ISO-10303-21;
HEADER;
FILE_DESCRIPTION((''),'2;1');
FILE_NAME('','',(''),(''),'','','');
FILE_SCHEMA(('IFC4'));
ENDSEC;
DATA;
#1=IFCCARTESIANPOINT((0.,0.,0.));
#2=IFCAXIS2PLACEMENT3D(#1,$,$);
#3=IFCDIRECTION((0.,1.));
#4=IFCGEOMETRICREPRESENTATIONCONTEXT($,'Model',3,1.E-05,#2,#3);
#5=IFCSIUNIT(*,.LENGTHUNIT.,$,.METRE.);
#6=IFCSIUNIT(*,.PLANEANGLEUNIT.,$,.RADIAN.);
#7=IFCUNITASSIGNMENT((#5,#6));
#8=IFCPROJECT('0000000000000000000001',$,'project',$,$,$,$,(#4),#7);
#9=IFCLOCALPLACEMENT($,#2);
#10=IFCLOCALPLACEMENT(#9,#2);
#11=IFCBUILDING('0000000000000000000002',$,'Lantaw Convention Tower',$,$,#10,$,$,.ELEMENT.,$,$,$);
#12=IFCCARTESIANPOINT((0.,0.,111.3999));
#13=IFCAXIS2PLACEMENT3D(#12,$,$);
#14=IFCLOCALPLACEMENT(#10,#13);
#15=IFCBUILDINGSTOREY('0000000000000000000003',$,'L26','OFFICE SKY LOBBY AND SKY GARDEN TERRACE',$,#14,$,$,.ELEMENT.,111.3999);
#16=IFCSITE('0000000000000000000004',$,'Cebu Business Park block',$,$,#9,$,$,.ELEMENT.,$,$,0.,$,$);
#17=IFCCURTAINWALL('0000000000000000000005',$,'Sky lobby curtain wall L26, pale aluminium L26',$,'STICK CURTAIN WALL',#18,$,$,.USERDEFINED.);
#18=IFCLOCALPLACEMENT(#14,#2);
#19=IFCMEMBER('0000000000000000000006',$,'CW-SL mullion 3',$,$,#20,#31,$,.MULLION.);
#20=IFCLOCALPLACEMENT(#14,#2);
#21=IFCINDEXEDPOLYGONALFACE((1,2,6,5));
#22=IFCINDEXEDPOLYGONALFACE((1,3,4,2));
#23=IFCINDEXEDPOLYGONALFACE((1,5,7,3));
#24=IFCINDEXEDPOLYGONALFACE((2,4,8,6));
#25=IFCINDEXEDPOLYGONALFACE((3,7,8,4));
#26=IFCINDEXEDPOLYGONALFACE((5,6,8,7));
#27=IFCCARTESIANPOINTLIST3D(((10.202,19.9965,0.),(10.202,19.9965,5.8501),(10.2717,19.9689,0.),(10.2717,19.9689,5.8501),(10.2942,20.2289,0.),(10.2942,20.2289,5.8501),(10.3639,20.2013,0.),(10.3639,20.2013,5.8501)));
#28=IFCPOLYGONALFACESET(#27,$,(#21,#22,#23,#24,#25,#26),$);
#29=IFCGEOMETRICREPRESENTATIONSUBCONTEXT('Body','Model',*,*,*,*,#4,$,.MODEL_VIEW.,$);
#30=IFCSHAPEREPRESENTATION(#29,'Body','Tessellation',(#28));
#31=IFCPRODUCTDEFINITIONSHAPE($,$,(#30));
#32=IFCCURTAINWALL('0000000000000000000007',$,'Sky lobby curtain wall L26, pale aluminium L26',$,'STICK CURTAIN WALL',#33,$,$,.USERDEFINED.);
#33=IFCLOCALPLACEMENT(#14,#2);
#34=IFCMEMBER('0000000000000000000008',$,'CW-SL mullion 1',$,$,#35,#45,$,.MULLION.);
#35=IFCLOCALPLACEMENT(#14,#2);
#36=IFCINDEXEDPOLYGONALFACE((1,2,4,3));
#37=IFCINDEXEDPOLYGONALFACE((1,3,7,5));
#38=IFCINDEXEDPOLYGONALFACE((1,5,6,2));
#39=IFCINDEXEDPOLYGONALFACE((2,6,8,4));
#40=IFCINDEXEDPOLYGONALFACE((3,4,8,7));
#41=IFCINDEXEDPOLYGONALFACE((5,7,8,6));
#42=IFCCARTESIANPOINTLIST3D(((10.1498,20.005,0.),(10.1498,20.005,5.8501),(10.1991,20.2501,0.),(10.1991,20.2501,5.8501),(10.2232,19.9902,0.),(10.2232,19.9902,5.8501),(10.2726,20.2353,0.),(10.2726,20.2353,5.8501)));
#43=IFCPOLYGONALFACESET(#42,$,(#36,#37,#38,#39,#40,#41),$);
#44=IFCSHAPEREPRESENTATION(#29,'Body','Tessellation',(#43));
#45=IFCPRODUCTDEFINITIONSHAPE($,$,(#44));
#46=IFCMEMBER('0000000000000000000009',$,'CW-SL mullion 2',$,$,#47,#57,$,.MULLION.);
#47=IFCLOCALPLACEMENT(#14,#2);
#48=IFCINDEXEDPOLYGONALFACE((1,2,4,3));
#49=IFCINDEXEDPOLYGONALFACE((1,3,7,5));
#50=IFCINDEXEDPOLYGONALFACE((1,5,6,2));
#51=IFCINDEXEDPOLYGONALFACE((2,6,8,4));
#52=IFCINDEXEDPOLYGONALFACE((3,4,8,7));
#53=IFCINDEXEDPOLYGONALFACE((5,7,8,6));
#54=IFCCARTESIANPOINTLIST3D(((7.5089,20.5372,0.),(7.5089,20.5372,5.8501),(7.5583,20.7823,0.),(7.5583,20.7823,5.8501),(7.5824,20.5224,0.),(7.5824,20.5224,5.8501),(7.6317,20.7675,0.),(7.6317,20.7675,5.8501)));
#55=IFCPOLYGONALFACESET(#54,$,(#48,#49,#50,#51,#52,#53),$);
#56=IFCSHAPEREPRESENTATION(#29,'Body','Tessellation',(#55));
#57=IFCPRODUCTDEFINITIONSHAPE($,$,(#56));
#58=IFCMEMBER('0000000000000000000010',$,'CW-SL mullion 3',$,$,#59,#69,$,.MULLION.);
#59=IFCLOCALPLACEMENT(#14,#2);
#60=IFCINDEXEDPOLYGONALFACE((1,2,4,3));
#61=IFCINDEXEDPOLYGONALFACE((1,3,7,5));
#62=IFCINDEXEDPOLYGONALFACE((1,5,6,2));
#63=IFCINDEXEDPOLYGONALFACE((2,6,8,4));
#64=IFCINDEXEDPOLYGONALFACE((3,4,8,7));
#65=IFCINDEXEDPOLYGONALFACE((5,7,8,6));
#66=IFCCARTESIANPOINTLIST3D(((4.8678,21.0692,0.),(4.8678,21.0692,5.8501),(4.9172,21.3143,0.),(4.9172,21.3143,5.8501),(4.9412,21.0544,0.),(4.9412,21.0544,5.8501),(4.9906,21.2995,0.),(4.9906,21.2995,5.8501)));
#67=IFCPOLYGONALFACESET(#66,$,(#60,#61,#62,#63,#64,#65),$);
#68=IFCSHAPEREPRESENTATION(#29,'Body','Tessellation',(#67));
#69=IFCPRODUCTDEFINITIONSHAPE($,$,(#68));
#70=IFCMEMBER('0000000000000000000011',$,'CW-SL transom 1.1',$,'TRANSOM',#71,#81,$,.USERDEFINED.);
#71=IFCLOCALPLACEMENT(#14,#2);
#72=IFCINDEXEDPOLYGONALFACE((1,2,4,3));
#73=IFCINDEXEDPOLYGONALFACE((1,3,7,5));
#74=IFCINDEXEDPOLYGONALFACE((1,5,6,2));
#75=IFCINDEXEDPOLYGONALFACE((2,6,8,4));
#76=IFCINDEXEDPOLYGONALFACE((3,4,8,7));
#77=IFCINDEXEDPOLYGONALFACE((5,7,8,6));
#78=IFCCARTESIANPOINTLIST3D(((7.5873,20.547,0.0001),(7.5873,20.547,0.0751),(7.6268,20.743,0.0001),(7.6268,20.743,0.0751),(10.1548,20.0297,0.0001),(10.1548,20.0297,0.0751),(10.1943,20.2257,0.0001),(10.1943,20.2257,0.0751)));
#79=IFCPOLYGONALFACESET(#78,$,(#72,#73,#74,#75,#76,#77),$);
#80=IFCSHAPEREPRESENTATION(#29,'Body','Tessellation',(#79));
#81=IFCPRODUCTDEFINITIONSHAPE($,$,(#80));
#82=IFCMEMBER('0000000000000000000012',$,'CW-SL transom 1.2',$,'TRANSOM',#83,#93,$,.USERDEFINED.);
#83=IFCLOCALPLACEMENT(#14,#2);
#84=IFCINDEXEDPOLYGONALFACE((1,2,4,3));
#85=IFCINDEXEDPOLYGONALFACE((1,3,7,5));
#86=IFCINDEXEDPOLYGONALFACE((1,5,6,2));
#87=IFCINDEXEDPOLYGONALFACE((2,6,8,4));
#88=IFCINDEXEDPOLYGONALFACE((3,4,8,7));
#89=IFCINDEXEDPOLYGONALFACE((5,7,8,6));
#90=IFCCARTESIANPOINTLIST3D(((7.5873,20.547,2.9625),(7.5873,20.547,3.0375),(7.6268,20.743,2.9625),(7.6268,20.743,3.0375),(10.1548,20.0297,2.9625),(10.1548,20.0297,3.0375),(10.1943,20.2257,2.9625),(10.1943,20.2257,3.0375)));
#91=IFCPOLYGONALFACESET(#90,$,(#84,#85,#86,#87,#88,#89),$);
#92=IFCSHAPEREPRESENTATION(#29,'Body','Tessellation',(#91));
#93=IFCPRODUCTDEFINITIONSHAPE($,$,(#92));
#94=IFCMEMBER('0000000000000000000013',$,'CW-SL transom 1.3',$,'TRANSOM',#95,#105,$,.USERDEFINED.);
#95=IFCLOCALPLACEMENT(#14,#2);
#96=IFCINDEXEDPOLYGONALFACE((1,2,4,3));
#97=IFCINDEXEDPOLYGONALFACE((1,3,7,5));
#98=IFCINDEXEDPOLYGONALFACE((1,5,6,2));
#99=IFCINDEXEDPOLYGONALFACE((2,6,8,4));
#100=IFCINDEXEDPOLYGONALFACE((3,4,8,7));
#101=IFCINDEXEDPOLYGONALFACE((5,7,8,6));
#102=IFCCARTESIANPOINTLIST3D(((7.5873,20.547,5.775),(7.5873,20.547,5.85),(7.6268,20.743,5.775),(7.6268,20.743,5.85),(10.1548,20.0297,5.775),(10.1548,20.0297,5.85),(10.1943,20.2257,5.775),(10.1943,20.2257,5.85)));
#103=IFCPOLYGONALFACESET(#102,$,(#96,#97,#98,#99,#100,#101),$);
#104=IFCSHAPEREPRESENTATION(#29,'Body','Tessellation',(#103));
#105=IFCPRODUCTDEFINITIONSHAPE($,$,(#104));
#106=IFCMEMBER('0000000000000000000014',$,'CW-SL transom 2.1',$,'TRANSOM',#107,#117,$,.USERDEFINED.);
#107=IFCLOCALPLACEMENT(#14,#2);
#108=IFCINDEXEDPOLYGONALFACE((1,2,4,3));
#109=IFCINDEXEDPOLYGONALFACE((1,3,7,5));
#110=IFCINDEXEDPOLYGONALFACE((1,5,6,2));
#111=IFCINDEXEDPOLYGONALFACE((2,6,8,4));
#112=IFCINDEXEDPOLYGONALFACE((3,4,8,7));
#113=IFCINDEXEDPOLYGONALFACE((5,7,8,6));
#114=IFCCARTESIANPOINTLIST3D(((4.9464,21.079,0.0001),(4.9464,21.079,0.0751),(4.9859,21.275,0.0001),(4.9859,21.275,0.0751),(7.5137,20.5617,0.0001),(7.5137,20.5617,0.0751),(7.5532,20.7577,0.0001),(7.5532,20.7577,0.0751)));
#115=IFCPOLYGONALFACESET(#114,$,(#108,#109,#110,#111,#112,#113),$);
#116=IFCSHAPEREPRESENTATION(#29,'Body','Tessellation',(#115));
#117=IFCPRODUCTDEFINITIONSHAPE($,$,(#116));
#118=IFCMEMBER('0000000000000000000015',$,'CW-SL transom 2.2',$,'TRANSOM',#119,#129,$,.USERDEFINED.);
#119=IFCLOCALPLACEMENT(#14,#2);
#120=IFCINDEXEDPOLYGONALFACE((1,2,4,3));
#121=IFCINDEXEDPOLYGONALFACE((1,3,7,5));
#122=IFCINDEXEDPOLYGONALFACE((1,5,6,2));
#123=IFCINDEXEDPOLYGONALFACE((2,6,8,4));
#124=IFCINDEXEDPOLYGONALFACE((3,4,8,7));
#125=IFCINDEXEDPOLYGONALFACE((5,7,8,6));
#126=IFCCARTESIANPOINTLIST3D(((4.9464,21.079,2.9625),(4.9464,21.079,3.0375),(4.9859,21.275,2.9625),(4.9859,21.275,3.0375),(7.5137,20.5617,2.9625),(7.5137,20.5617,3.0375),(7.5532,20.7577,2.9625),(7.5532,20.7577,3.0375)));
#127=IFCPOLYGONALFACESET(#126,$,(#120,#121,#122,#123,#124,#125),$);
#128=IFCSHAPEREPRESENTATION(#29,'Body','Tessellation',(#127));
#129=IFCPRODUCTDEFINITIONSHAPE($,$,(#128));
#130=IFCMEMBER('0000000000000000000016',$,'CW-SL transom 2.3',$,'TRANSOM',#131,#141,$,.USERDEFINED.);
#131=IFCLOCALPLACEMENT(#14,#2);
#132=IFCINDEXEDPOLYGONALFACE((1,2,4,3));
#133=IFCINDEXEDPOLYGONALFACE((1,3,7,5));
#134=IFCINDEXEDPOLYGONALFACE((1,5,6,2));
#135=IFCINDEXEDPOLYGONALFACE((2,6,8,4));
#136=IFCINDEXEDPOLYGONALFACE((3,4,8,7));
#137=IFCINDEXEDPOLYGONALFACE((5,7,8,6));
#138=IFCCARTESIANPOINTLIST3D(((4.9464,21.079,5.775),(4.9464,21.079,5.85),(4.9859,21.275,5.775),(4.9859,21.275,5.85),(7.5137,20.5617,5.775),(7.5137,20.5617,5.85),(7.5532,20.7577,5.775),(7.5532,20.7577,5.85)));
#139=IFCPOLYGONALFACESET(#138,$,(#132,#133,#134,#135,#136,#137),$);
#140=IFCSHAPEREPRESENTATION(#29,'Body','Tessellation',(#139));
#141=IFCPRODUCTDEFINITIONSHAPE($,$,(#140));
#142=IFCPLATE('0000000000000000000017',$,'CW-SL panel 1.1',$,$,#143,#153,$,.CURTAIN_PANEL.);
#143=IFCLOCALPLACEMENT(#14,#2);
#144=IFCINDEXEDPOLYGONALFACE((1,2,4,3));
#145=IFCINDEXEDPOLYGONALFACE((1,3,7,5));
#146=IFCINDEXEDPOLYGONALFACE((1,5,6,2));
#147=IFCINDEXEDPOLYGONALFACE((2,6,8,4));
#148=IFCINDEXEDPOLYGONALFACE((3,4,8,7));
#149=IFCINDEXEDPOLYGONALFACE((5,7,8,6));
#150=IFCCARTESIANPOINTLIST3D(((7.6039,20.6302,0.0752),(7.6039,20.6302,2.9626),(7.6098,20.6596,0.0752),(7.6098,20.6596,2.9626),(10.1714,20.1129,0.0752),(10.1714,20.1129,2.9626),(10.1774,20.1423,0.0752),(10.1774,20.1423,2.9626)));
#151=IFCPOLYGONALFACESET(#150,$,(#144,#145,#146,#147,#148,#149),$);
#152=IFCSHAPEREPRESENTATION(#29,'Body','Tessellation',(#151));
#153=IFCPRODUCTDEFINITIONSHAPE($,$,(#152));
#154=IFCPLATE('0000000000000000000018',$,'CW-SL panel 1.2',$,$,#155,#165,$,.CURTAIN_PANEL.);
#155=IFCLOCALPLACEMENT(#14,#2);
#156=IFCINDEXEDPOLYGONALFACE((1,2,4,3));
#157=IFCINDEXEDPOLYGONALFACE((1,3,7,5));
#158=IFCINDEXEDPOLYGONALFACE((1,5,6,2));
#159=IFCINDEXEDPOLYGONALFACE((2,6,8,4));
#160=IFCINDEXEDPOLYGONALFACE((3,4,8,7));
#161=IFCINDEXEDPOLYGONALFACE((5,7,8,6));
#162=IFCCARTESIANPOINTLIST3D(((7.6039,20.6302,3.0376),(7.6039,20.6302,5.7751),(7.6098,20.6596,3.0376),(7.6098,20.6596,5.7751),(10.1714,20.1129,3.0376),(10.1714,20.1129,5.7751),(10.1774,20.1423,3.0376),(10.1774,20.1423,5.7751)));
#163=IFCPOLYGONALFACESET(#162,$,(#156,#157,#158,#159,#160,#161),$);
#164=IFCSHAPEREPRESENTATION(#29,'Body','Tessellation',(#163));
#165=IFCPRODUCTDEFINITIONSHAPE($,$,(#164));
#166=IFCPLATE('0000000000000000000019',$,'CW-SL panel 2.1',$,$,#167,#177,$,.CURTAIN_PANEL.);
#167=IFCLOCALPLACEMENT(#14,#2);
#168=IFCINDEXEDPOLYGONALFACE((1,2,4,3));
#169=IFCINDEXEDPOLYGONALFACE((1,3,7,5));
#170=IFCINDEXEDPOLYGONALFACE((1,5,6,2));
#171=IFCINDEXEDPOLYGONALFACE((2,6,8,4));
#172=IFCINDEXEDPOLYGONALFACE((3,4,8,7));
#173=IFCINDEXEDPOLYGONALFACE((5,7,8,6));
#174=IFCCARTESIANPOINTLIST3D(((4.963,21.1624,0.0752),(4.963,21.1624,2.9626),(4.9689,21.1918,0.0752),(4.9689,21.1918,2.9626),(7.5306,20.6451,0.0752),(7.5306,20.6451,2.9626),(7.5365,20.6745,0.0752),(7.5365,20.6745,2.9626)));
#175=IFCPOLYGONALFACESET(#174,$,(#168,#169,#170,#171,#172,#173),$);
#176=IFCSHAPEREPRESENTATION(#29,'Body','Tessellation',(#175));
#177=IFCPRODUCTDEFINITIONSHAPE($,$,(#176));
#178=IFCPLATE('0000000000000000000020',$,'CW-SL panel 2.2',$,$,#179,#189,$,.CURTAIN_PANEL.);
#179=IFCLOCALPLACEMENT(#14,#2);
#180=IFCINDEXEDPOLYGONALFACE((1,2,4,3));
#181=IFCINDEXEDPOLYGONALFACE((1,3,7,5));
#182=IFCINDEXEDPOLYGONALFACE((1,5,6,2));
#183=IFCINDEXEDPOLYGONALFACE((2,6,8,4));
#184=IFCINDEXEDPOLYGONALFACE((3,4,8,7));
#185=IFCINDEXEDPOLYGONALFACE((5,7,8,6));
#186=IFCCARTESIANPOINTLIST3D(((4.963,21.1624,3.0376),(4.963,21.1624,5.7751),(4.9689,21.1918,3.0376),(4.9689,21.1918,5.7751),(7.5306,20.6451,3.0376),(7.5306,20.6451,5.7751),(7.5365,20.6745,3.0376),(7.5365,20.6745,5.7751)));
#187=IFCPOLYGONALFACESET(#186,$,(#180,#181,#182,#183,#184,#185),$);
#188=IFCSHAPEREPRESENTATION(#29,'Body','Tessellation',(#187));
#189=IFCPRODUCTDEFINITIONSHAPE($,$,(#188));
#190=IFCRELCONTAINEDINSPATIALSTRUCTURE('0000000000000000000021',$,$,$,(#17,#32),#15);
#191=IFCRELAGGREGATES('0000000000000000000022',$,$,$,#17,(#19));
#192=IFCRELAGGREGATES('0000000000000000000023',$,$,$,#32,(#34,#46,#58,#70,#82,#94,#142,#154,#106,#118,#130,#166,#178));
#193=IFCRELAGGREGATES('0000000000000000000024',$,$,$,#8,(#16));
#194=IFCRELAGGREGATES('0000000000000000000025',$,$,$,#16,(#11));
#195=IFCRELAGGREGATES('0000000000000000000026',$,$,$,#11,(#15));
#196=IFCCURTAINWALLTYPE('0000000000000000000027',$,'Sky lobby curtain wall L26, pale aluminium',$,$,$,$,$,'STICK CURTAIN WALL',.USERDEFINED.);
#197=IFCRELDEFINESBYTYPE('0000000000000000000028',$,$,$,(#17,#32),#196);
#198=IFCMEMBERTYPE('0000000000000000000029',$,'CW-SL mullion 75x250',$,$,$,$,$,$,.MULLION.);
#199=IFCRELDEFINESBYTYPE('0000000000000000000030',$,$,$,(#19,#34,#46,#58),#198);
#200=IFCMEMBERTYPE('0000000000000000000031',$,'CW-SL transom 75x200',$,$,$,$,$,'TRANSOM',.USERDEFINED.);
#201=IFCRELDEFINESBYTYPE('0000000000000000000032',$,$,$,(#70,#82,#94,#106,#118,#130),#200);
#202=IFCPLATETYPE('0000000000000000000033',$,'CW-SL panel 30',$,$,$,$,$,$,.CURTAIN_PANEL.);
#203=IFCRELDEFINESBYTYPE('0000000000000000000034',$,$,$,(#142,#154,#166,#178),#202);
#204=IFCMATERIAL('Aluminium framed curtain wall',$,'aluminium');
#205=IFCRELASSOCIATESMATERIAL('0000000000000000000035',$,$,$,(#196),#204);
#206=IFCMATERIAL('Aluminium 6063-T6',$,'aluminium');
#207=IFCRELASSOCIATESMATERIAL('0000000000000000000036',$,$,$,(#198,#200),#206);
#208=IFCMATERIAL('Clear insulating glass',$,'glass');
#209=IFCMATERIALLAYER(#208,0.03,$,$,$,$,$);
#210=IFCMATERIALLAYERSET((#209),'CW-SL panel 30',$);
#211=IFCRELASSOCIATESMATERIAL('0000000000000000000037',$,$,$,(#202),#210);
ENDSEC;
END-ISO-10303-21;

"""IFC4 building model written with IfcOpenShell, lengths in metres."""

from ifc_helpers import new_model, si_unit, direction, frame, origin, origin_2d, place, context, subcontext, project, spatial, rectangle, extrude, material, layer, layer_set, material_profile, profile_set, type_object, element, aggregate, save


model = new_model("IFC4")

# Units and contexts
model_context = context("Model", 3, precision=1e-05, world=origin(), true_north=direction((0.0, 1.0)))
body_context = subcontext(model_context, "Body", "Model", "MODEL_VIEW")
ifc_project = project(units=[si_unit("LENGTHUNIT", "METRE"), si_unit("PLANEANGLEUNIT", "RADIAN")], contexts=[model_context])

# Site, building, storey
site_placement = place(None, origin())
site = spatial("IfcSite", under=ifc_project, at=site_placement, Name="Cebu Business Park block", CompositionType="ELEMENT", RefElevation=0.0)
building_placement = place(site_placement, origin())
building = spatial("IfcBuilding", under=site, at=building_placement, Name="Lantaw Convention Tower", CompositionType="ELEMENT")
storey_placement = place(building_placement, frame((0.0, 0.0, 111.3999)))
storey = spatial("IfcBuildingStorey", under=building, at=storey_placement, Name="L26", Description="OFFICE SKY LOBBY AND SKY GARDEN TERRACE", CompositionType="ELEMENT", Elevation=111.3999)

# Curtain wall, member
ifc_material_1 = material(Name="Aluminium framed curtain wall", Category="aluminium")
curtain_wall_type = type_object("IfcCurtainWallType", Name="Sky lobby curtain wall L26, pale aluminium", ElementType="STICK CURTAIN WALL", PredefinedType="USERDEFINED", material=ifc_material_1)
curtain_wall_1_placement = place(storey_placement, origin())
curtain_wall_1 = element("IfcCurtainWall", 1, at=curtain_wall_1_placement, inside=storey, type_object=curtain_wall_type, Name="Sky lobby curtain wall L26, pale aluminium L26", ObjectType="STICK CURTAIN WALL", PredefinedType="USERDEFINED")
ifc_material_2 = material(Name="Aluminium 6063-T6", Category="aluminium")
ifc_material_profile_1 = material_profile(ifc_material_2, rectangle(XDim=0.25, YDim=0.075, at=origin_2d()), Name="CW-SL mullion 75x250")
ifc_profile_set_1 = profile_set([ifc_material_profile_1], Name="Aluminium 6063-T6")
member_type_1 = type_object("IfcMemberType", Name="CW-SL mullion 75x250", PredefinedType="MULLION", material=ifc_profile_set_1)
member_1_placement = place(storey_placement, frame((10.283, 20.0989, 0.0), z_axis=(0.0, 0.0, 1.0), x_axis=(-0.368702, -0.929548, 0.0)))
member_1 = element("IfcMember", 2, at=member_1_placement, type_object=member_type_1, Name="CW-SL mullion 3", PredefinedType="MULLION", context=body_context, shape_type="SweptSolid", body=[
    extrude(rectangle(XDim=0.25, YDim=0.075, at=origin_2d()), origin(), (0.0, 0.0, 1.0), 5.8501),
])
aggregate(curtain_wall_1, [member_1])

# Curtain wall, members, plates
curtain_wall_2_placement = place(storey_placement, origin())
curtain_wall_2 = element("IfcCurtainWall", 3, at=curtain_wall_2_placement, inside=storey, type_object=curtain_wall_type, Name="Sky lobby curtain wall L26, pale aluminium L26", ObjectType="STICK CURTAIN WALL", PredefinedType="USERDEFINED")
member_2_placement = place(storey_placement, frame((10.2112, 20.1201, 0.0), z_axis=(0.0, 0.0, 1.0), x_axis=(-0.197507, -0.980302, 0.0)))
member_2 = element("IfcMember", 4, at=member_2_placement, type_object=member_type_1, Name="CW-SL mullion 1", PredefinedType="MULLION", context=body_context, shape_type="SweptSolid", body=[
    extrude(rectangle(XDim=0.25, YDim=0.075, at=origin_2d()), origin(), (0.0, 0.0, 1.0), 5.8501),
])
member_3_placement = place(storey_placement, frame((7.5703, 20.6523, 0.0), z_axis=(0.0, 0.0, 1.0), x_axis=(-0.197507, -0.980302, 0.0)))
member_3 = element("IfcMember", 5, at=member_3_placement, type_object=member_type_1, Name="CW-SL mullion 2", PredefinedType="MULLION", context=body_context, shape_type="SweptSolid", body=[
    extrude(rectangle(XDim=0.25, YDim=0.075, at=origin_2d()), origin(), (0.0, 0.0, 1.0), 5.8501),
])
member_4_placement = place(storey_placement, frame((4.9292, 21.1843, 0.0), z_axis=(0.0, 0.0, 1.0), x_axis=(-0.197507, -0.980302, 0.0)))
member_4 = element("IfcMember", 6, at=member_4_placement, type_object=member_type_1, Name="CW-SL mullion 3", PredefinedType="MULLION", context=body_context, shape_type="SweptSolid", body=[
    extrude(rectangle(XDim=0.25, YDim=0.075, at=origin_2d()), origin(), (0.0, 0.0, 1.0), 5.8501),
])
ifc_material_profile_2 = material_profile(ifc_material_2, rectangle(XDim=0.2, YDim=0.075, at=origin_2d()), Name="CW-SL transom 75x200")
ifc_profile_set_2 = profile_set([ifc_material_profile_2], Name="Aluminium 6063-T6")
member_type_2 = type_object("IfcMemberType", Name="CW-SL transom 75x200", ElementType="TRANSOM", PredefinedType="USERDEFINED", material=ifc_profile_set_2)
member_5_placement = place(storey_placement, frame((10.1746, 20.1277, 0.0376), z_axis=(-0.9803, 0.197514, 0.0), x_axis=(-0.197514, -0.9803, 0.0)))
member_5 = element("IfcMember", 7, at=member_5_placement, type_object=member_type_2, Name="CW-SL transom 1.1", ObjectType="TRANSOM", PredefinedType="USERDEFINED", context=body_context, shape_type="SweptSolid", body=[
    extrude(rectangle(XDim=0.2, YDim=0.075, at=origin_2d()), origin(), (0.0, 0.0, 1.0), 2.6191),
])
member_6_placement = place(storey_placement, frame((10.1746, 20.1277, 3.0), z_axis=(-0.9803, 0.197514, 0.0), x_axis=(-0.197514, -0.9803, 0.0)))
member_6 = element("IfcMember", 8, at=member_6_placement, type_object=member_type_2, Name="CW-SL transom 1.2", ObjectType="TRANSOM", PredefinedType="USERDEFINED", context=body_context, shape_type="SweptSolid", body=[
    extrude(rectangle(XDim=0.2, YDim=0.075, at=origin_2d()), origin(), (0.0, 0.0, 1.0), 2.6191),
])
member_7_placement = place(storey_placement, frame((10.1746, 20.1277, 5.8125), z_axis=(-0.9803, 0.197514, 0.0), x_axis=(-0.197514, -0.9803, 0.0)))
member_7 = element("IfcMember", 9, at=member_7_placement, type_object=member_type_2, Name="CW-SL transom 1.3", ObjectType="TRANSOM", PredefinedType="USERDEFINED", context=body_context, shape_type="SweptSolid", body=[
    extrude(rectangle(XDim=0.2, YDim=0.075, at=origin_2d()), origin(), (0.0, 0.0, 1.0), 2.6191),
])
member_8_placement = place(storey_placement, frame((7.5334, 20.6597, 0.0376), z_axis=(-0.980296, 0.197532, 0.0), x_axis=(-0.197532, -0.980296, 0.0)))
member_8 = element("IfcMember", 10, at=member_8_placement, type_object=member_type_2, Name="CW-SL transom 2.1", ObjectType="TRANSOM", PredefinedType="USERDEFINED", context=body_context, shape_type="SweptSolid", body=[
    extrude(rectangle(XDim=0.2, YDim=0.075, at=origin_2d()), origin(), (0.0, 0.0, 1.0), 2.6189),
])
member_9_placement = place(storey_placement, frame((7.5334, 20.6597, 3.0), z_axis=(-0.980296, 0.197532, 0.0), x_axis=(-0.197532, -0.980296, 0.0)))
member_9 = element("IfcMember", 11, at=member_9_placement, type_object=member_type_2, Name="CW-SL transom 2.2", ObjectType="TRANSOM", PredefinedType="USERDEFINED", context=body_context, shape_type="SweptSolid", body=[
    extrude(rectangle(XDim=0.2, YDim=0.075, at=origin_2d()), origin(), (0.0, 0.0, 1.0), 2.6189),
])
member_10_placement = place(storey_placement, frame((7.5334, 20.6597, 5.8125), z_axis=(-0.980296, 0.197532, 0.0), x_axis=(-0.197532, -0.980296, 0.0)))
member_10 = element("IfcMember", 12, at=member_10_placement, type_object=member_type_2, Name="CW-SL transom 2.3", ObjectType="TRANSOM", PredefinedType="USERDEFINED", context=body_context, shape_type="SweptSolid", body=[
    extrude(rectangle(XDim=0.2, YDim=0.075, at=origin_2d()), origin(), (0.0, 0.0, 1.0), 2.6189),
])
ifc_material_3 = material(Name="Clear insulating glass", Category="glass")
ifc_layer_1 = layer(ifc_material_3, 0.03)
ifc_layer_set_1 = layer_set([ifc_layer_1], Name="CW-SL panel 30")
plate_type_1 = type_object("IfcPlateType", Name="CW-SL panel 30", PredefinedType="CURTAIN_PANEL", material=ifc_layer_set_1)
plate_1_placement = place(storey_placement, frame((8.8906, 20.3862, 0.0752), z_axis=(0.0, 0.0, 1.0), x_axis=(-0.980302, 0.197507, 0.0)))
plate_1 = element("IfcPlate", 13, at=plate_1_placement, type_object=plate_type_1, Name="CW-SL panel 1.1", PredefinedType="CURTAIN_PANEL", context=body_context, shape_type="SweptSolid", body=[
    extrude(rectangle(XDim=2.6191, YDim=0.03, at=origin_2d()), origin(), (0.0, 0.0, 1.0), 2.8875),
])
plate_2_placement = place(storey_placement, frame((8.8906, 20.3862, 3.0376), z_axis=(0.0, 0.0, 1.0), x_axis=(-0.980302, 0.197507, 0.0)))
plate_2 = element("IfcPlate", 14, at=plate_2_placement, type_object=plate_type_1, Name="CW-SL panel 1.2", PredefinedType="CURTAIN_PANEL", context=body_context, shape_type="SweptSolid", body=[
    extrude(rectangle(XDim=2.6191, YDim=0.03, at=origin_2d()), origin(), (0.0, 0.0, 1.0), 2.7375),
])
plate_3_placement = place(storey_placement, frame((6.2498, 20.9185, 0.0752), z_axis=(0.0, 0.0, 1.0), x_axis=(-0.980302, 0.197507, 0.0)))
plate_3 = element("IfcPlate", 15, at=plate_3_placement, type_object=plate_type_1, Name="CW-SL panel 2.1", PredefinedType="CURTAIN_PANEL", context=body_context, shape_type="SweptSolid", body=[
    extrude(rectangle(XDim=2.6191, YDim=0.03, at=origin_2d()), origin(), (0.0, 0.0, 1.0), 2.8875),
])
plate_4_placement = place(storey_placement, frame((6.2498, 20.9185, 3.0376), z_axis=(0.0, 0.0, 1.0), x_axis=(-0.980302, 0.197507, 0.0)))
plate_4 = element("IfcPlate", 16, at=plate_4_placement, type_object=plate_type_1, Name="CW-SL panel 2.2", PredefinedType="CURTAIN_PANEL", context=body_context, shape_type="SweptSolid", body=[
    extrude(rectangle(XDim=2.6191, YDim=0.03, at=origin_2d()), origin(), (0.0, 0.0, 1.0), 2.7375),
])
aggregate(curtain_wall_2, [member_2, member_3, member_4, member_5, member_6, member_7, plate_1, plate_2, member_8, member_9, member_10, plate_3, plate_4])

save(model, "model.ifc")
